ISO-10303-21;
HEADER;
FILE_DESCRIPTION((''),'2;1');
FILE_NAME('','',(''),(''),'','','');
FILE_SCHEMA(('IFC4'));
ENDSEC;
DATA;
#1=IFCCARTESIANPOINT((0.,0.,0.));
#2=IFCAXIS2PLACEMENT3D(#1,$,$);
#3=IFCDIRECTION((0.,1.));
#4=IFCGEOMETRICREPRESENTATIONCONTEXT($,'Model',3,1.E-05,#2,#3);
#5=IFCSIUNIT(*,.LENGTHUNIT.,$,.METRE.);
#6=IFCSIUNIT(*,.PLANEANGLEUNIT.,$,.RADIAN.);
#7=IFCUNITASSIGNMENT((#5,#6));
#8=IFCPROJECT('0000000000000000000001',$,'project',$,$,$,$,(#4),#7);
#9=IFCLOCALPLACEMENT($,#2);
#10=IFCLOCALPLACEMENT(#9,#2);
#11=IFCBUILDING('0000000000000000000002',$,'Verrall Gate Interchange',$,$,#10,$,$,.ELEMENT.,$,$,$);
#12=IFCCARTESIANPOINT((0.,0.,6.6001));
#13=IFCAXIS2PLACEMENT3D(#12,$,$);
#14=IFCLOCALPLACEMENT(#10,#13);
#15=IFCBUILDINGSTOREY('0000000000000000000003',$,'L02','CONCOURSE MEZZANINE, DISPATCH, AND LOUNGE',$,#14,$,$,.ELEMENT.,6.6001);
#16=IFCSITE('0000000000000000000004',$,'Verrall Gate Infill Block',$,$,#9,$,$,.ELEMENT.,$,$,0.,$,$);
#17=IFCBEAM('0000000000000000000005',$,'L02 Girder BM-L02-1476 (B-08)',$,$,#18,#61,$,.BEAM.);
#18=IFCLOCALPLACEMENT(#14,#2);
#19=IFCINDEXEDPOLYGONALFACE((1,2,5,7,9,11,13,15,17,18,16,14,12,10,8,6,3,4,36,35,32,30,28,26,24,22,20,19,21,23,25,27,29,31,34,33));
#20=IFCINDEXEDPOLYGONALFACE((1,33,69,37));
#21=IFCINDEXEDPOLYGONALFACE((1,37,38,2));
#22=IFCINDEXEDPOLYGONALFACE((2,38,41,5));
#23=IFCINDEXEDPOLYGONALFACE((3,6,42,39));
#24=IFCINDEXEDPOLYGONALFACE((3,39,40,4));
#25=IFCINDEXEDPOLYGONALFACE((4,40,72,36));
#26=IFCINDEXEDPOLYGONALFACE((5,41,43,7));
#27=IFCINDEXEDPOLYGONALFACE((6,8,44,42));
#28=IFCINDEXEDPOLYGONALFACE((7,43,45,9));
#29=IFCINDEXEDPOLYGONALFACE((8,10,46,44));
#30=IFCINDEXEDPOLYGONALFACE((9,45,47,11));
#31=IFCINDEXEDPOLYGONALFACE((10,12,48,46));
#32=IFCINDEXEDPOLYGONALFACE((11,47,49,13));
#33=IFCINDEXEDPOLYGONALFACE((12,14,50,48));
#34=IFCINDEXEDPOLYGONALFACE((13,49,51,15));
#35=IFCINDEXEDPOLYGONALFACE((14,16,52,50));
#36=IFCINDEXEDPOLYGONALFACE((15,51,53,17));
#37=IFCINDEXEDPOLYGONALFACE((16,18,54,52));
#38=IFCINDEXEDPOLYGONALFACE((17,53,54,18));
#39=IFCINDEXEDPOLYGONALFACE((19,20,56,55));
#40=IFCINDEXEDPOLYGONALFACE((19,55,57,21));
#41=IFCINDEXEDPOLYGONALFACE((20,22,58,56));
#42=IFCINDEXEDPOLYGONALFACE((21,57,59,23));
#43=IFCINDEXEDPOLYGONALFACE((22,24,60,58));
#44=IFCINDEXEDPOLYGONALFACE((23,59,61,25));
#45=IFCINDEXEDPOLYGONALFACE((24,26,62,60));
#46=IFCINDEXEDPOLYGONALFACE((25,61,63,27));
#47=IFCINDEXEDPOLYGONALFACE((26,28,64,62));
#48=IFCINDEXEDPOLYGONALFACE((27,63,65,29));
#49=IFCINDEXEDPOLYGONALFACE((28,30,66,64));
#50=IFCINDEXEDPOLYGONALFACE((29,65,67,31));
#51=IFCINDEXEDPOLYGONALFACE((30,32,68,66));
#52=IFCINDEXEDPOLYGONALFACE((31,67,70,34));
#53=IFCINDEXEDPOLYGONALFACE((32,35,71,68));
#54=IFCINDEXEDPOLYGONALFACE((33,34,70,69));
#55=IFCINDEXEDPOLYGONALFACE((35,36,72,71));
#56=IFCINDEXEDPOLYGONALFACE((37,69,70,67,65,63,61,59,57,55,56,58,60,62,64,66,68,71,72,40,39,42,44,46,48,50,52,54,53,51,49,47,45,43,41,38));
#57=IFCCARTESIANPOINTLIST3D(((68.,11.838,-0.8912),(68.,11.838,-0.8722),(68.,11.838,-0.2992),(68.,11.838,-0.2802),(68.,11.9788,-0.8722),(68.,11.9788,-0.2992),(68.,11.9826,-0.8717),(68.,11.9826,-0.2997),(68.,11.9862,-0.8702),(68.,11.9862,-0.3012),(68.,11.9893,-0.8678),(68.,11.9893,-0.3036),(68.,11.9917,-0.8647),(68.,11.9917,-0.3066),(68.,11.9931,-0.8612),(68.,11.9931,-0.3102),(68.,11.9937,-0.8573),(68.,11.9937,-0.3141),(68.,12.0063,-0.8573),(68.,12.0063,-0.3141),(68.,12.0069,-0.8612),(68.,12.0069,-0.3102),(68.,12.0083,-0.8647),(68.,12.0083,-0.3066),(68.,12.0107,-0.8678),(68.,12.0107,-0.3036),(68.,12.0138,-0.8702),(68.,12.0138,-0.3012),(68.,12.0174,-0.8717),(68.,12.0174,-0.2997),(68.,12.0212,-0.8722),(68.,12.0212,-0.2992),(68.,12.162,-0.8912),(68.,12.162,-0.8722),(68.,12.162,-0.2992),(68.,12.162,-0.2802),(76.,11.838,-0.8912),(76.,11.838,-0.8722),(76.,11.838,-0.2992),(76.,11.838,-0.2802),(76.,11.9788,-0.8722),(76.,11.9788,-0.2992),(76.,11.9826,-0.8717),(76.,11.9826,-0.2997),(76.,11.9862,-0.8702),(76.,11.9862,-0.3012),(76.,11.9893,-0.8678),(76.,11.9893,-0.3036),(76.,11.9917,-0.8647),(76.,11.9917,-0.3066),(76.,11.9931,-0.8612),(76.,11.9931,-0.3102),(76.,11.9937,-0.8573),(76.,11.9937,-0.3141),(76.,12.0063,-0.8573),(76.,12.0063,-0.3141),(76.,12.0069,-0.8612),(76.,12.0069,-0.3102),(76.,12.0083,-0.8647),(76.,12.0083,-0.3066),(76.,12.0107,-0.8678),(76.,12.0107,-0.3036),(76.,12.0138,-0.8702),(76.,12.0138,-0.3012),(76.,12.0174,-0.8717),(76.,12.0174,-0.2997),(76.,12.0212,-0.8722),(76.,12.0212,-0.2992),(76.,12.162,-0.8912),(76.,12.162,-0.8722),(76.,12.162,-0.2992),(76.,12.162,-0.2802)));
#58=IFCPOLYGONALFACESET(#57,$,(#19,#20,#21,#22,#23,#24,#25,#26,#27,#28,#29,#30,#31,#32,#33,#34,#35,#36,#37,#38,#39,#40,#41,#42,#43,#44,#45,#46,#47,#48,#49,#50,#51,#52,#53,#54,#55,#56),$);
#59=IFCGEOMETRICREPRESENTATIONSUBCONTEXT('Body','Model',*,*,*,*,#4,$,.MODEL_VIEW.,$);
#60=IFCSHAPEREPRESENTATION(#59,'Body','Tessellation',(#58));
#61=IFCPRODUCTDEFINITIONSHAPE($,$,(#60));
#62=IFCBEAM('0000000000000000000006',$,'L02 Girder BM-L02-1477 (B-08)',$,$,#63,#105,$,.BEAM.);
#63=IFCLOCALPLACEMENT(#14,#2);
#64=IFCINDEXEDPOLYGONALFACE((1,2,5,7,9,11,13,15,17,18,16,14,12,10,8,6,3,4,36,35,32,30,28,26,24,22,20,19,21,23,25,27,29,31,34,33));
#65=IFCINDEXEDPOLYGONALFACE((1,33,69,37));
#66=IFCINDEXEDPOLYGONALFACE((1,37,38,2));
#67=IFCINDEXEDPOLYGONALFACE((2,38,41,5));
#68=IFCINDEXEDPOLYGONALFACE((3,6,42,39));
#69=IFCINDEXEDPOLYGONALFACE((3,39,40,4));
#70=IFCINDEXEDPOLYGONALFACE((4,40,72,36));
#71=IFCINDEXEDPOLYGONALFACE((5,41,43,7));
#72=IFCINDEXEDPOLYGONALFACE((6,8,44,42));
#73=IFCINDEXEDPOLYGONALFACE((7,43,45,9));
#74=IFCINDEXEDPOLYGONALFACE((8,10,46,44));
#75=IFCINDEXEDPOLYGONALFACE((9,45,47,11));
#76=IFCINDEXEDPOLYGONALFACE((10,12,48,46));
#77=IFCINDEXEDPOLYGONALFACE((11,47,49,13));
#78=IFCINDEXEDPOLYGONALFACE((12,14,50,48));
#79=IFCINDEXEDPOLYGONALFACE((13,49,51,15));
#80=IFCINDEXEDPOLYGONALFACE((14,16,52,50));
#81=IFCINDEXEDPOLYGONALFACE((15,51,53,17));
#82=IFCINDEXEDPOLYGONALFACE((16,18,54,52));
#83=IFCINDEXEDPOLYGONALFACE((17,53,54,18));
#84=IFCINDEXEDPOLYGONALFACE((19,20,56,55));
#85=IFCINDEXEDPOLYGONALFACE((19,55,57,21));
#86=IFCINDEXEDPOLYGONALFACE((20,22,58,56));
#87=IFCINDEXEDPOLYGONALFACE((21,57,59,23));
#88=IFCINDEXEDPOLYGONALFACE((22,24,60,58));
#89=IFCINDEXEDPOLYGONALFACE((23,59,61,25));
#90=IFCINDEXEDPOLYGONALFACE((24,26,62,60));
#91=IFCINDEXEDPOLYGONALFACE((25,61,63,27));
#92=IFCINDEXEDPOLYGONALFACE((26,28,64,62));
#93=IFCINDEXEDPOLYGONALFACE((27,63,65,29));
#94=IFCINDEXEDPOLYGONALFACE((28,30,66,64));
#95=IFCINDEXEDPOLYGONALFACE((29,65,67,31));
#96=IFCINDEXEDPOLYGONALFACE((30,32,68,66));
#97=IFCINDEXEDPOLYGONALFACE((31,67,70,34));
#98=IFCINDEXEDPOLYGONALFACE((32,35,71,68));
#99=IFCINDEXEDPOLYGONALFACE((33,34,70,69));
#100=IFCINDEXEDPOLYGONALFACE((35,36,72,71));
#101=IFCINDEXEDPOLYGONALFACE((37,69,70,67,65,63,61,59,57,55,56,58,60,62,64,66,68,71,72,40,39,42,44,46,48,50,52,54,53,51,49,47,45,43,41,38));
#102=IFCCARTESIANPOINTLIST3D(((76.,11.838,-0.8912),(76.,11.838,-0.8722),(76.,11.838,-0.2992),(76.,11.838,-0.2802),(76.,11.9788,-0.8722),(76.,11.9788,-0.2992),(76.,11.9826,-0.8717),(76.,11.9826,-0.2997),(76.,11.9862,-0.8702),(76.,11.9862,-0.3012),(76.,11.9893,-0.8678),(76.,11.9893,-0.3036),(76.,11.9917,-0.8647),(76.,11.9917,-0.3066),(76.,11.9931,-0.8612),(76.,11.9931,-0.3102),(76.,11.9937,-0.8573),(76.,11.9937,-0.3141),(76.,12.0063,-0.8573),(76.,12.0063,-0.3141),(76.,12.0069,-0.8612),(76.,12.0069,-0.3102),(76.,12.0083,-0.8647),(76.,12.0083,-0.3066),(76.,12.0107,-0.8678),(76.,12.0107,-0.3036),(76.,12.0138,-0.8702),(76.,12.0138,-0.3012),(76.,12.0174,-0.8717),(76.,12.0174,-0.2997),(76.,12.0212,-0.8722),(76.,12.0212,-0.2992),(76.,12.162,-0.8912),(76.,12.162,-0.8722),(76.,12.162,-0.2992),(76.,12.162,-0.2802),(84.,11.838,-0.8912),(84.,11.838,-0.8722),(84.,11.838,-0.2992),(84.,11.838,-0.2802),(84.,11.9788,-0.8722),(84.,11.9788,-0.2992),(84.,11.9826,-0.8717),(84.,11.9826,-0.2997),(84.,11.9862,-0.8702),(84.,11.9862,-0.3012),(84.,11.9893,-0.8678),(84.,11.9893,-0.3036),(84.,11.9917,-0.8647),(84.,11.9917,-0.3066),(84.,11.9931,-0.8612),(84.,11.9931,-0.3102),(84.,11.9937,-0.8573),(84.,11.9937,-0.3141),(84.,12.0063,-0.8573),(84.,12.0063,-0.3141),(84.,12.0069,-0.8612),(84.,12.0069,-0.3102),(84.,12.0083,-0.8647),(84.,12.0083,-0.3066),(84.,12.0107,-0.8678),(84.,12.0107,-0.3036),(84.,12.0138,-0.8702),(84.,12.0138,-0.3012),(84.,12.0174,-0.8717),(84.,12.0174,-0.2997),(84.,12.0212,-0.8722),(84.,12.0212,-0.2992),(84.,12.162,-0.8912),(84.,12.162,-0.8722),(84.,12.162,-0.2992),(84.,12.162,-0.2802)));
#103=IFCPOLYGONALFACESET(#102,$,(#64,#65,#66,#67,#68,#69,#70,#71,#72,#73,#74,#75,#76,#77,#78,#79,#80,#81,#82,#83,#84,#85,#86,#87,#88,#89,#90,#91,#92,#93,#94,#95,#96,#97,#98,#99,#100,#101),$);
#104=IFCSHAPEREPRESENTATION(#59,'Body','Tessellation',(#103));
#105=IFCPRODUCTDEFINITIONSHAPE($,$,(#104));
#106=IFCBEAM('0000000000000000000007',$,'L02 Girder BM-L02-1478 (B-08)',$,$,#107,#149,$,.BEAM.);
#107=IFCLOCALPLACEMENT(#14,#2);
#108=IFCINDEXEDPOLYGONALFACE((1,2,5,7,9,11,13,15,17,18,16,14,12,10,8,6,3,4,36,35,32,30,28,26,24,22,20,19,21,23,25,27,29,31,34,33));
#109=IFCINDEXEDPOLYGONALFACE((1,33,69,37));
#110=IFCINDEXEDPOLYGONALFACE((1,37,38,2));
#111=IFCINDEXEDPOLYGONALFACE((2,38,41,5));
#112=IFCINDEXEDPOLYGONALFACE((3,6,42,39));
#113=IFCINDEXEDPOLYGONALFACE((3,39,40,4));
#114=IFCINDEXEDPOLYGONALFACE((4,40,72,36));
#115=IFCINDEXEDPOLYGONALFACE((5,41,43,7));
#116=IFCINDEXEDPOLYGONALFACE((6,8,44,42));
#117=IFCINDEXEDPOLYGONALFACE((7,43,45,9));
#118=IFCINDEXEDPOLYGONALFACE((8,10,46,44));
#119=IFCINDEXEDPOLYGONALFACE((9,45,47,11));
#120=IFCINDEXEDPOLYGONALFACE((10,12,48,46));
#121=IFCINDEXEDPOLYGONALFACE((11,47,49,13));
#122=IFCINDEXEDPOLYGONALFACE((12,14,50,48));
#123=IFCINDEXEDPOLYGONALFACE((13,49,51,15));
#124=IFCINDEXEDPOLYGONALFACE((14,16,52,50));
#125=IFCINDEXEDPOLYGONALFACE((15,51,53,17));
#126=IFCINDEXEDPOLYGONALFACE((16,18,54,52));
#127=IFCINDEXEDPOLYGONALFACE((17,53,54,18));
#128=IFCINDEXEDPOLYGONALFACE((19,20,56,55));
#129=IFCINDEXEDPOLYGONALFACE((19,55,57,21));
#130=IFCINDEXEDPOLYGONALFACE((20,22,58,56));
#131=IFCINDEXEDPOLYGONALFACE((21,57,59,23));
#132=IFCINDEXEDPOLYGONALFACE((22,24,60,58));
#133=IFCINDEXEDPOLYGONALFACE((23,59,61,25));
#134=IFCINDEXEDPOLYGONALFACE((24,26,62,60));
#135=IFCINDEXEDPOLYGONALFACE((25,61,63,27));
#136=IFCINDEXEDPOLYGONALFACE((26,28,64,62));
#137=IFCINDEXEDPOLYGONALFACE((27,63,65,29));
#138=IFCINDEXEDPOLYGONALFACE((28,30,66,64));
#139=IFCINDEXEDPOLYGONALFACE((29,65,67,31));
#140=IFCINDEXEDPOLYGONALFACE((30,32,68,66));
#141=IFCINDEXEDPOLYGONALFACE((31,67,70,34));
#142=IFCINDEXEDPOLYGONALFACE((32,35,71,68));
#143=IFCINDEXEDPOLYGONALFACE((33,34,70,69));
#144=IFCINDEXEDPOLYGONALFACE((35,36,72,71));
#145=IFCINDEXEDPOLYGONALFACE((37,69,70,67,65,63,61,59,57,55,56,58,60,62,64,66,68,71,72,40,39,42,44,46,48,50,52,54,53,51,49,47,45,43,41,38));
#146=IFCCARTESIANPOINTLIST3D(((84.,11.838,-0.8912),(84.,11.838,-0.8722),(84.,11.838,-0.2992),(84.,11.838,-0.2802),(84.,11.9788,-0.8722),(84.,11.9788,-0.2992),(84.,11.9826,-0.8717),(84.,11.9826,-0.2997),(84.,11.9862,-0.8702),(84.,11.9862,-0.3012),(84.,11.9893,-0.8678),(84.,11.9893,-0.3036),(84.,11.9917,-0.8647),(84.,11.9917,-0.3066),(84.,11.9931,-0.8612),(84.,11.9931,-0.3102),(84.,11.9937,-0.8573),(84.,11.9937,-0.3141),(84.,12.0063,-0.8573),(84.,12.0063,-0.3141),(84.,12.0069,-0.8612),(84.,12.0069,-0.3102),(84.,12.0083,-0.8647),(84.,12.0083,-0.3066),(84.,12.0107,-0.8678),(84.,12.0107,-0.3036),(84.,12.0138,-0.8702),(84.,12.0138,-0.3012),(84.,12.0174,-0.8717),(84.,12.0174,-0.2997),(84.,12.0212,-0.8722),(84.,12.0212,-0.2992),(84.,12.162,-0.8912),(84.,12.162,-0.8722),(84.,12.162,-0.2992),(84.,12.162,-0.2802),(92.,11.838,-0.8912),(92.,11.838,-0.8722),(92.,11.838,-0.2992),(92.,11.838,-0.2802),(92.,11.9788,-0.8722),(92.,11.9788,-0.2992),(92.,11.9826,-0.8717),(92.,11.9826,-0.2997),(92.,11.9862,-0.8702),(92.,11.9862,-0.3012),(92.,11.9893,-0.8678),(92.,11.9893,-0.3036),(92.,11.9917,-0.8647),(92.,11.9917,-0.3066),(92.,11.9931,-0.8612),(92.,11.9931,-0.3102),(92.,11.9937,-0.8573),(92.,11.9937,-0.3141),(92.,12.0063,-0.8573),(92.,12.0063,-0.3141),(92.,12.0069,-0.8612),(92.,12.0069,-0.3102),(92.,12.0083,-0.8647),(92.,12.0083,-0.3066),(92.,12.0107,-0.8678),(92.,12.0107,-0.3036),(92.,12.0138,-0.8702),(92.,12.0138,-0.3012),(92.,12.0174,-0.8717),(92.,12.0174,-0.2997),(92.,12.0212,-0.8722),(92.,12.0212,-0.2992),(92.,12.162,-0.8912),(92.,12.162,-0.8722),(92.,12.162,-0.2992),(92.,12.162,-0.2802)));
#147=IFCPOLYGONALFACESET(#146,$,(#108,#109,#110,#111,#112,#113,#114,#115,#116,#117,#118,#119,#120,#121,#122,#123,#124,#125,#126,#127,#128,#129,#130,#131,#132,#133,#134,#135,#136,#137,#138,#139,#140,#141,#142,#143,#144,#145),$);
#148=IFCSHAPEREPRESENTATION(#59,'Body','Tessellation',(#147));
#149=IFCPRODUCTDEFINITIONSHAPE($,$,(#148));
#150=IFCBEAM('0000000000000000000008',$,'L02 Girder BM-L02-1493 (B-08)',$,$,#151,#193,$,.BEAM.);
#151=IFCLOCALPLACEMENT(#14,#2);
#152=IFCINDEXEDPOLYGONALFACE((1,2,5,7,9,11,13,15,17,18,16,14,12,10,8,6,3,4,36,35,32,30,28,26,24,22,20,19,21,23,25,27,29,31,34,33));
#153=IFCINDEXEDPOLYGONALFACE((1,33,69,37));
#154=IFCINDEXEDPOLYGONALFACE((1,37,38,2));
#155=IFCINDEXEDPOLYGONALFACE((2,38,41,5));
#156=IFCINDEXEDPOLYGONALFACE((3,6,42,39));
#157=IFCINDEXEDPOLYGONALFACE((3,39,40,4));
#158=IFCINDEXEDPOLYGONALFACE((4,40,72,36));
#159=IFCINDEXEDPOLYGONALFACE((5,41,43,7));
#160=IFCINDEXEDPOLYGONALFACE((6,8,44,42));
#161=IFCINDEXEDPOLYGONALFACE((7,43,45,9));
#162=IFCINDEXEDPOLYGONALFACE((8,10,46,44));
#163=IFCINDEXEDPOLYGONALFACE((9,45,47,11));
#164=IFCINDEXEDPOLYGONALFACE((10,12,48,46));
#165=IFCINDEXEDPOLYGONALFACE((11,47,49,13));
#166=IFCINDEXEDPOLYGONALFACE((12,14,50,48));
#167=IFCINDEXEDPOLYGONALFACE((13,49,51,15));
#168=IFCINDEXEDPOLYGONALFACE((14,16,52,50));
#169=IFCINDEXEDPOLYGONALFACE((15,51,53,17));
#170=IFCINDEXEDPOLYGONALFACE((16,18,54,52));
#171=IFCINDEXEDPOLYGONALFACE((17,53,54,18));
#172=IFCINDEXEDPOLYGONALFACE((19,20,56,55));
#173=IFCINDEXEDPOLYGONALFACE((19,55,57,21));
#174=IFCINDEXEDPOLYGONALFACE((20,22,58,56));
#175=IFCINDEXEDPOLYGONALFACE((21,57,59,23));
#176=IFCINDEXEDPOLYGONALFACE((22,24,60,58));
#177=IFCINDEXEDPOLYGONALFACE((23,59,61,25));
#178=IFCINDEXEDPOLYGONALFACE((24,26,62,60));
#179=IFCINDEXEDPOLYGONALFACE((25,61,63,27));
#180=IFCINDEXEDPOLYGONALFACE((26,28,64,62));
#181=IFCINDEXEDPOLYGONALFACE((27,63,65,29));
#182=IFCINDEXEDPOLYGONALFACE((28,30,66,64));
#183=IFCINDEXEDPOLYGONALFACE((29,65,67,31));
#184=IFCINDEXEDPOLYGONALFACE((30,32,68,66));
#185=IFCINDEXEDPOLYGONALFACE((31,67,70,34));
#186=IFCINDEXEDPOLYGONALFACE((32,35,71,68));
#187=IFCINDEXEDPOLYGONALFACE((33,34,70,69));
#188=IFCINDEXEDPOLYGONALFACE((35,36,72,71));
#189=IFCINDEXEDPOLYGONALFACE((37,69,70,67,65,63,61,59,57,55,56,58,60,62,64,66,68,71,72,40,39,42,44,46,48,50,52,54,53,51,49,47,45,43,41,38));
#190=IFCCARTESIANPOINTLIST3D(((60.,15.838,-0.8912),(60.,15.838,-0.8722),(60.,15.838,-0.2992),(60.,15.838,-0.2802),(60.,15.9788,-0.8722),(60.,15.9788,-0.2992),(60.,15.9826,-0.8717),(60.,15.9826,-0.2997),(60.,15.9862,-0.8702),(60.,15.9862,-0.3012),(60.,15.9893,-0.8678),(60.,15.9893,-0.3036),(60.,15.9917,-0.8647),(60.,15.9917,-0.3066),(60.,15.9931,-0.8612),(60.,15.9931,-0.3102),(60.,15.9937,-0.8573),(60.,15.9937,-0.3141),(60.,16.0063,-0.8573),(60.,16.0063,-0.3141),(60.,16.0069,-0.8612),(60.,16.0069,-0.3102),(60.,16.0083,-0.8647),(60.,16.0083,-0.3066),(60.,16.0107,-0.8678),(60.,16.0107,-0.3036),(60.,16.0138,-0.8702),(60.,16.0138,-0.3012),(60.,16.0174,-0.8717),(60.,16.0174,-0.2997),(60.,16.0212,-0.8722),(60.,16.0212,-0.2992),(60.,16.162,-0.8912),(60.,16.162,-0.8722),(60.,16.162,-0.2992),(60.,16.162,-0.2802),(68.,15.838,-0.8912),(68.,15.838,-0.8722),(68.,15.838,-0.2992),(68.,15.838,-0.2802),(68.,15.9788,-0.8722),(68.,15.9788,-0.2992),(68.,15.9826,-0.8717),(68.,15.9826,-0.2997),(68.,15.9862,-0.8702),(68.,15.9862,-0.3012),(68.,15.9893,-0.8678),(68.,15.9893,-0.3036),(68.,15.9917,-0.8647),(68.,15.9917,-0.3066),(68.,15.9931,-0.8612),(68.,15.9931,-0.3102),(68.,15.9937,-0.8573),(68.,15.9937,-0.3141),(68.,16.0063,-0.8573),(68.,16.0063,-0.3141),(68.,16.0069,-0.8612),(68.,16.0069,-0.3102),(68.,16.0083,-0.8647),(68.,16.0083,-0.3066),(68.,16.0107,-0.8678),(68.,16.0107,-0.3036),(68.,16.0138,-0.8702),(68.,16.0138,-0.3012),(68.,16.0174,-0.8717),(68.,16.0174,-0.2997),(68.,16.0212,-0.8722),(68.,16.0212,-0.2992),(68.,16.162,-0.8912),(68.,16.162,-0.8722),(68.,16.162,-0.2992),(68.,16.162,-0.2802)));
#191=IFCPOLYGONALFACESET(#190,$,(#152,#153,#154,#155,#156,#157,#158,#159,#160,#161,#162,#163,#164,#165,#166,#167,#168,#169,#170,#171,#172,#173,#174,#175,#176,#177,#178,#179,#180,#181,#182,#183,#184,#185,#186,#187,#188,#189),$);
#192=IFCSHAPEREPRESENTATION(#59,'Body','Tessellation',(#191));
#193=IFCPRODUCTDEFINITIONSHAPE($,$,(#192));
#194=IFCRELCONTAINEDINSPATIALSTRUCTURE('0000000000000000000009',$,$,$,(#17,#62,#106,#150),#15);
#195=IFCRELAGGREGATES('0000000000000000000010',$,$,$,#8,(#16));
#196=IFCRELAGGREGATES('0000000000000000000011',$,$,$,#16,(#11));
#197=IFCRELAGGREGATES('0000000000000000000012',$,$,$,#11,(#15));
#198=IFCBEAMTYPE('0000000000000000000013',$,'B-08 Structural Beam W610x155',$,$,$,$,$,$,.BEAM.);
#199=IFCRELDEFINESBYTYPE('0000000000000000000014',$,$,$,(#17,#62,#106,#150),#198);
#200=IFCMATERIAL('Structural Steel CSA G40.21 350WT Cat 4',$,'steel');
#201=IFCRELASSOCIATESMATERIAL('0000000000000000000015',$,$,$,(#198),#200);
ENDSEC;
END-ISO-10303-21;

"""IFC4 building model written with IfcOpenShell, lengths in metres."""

from ifc_helpers import new_model, si_unit, direction, frame, origin, origin_2d, place, context, subcontext, project, spatial, i_section, extrude, material, material_profile, profile_set, type_object, element, save


model = new_model("IFC4")

# Units and contexts
model_context = context("Model", 3, precision=1e-05, world=origin(), true_north=direction((0.0, 1.0)))
body_context = subcontext(model_context, "Body", "Model", "MODEL_VIEW")
ifc_project = project(units=[si_unit("LENGTHUNIT", "METRE"), si_unit("PLANEANGLEUNIT", "RADIAN")], contexts=[model_context])

# Site, building, storey
site_placement = place(None, origin())
site = spatial("IfcSite", under=ifc_project, at=site_placement, Name="Verrall Gate Infill Block", CompositionType="ELEMENT", RefElevation=0.0)
building_placement = place(site_placement, origin())
building = spatial("IfcBuilding", under=site, at=building_placement, Name="Verrall Gate Interchange", CompositionType="ELEMENT")
storey_placement = place(building_placement, frame((0.0, 0.0, 6.6001)))
storey = spatial("IfcBuildingStorey", under=building, at=storey_placement, Name="L02", Description="CONCOURSE MEZZANINE, DISPATCH, AND LOUNGE", CompositionType="ELEMENT", Elevation=6.6001)

# Beams
ifc_material_1 = material(Name="Structural Steel CSA G40.21 350WT Cat 4", Category="steel")
ifc_material_profile_1 = material_profile(ifc_material_1, i_section(OverallWidth=0.324, OverallDepth=0.6111, WebThickness=0.0127, FlangeThickness=0.019, FilletRadius=0.0149, at=origin_2d()), Name="W610x155")
ifc_profile_set_1 = profile_set([ifc_material_profile_1], Name="Structural Steel CSA G40.21 350WT Cat 4")
beam_type_1 = type_object("IfcBeamType", Name="B-08 Structural Beam W610x155", PredefinedType="BEAM", material=ifc_profile_set_1)
for number, where, z_axis, x_axis, name in (
    (1, (68.0, 12.0, -0.5857), (1.0, 0.0, 0.0), (0.0, 1.0, 0.0), "L02 Girder BM-L02-1476 (B-08)"),
    (2, (76.0, 12.0, -0.5857), (1.0, 0.0, 0.0), (0.0, 1.0, 0.0), "L02 Girder BM-L02-1477 (B-08)"),
    (3, (84.0, 12.0, -0.5857), (1.0, 0.0, 0.0), (0.0, 1.0, 0.0), "L02 Girder BM-L02-1478 (B-08)"),
    (4, (60.0, 16.0, -0.5857), (1.0, 0.0, 0.0), (0.0, 1.0, 0.0), "L02 Girder BM-L02-1493 (B-08)"),
):
    element("IfcBeam", number, at=place(storey_placement, frame(where, z_axis=z_axis, x_axis=x_axis)), inside=storey, type_object=beam_type_1, Name=name, PredefinedType="BEAM", context=body_context, shape_type="SweptSolid", body=[
        extrude(i_section(OverallWidth=0.324, OverallDepth=0.6111, WebThickness=0.0127, FlangeThickness=0.019, FilletRadius=0.0149, at=origin_2d()), origin(), (0.0, 0.0, 1.0), 8.0),
    ])

save(model, "model.ifc")
